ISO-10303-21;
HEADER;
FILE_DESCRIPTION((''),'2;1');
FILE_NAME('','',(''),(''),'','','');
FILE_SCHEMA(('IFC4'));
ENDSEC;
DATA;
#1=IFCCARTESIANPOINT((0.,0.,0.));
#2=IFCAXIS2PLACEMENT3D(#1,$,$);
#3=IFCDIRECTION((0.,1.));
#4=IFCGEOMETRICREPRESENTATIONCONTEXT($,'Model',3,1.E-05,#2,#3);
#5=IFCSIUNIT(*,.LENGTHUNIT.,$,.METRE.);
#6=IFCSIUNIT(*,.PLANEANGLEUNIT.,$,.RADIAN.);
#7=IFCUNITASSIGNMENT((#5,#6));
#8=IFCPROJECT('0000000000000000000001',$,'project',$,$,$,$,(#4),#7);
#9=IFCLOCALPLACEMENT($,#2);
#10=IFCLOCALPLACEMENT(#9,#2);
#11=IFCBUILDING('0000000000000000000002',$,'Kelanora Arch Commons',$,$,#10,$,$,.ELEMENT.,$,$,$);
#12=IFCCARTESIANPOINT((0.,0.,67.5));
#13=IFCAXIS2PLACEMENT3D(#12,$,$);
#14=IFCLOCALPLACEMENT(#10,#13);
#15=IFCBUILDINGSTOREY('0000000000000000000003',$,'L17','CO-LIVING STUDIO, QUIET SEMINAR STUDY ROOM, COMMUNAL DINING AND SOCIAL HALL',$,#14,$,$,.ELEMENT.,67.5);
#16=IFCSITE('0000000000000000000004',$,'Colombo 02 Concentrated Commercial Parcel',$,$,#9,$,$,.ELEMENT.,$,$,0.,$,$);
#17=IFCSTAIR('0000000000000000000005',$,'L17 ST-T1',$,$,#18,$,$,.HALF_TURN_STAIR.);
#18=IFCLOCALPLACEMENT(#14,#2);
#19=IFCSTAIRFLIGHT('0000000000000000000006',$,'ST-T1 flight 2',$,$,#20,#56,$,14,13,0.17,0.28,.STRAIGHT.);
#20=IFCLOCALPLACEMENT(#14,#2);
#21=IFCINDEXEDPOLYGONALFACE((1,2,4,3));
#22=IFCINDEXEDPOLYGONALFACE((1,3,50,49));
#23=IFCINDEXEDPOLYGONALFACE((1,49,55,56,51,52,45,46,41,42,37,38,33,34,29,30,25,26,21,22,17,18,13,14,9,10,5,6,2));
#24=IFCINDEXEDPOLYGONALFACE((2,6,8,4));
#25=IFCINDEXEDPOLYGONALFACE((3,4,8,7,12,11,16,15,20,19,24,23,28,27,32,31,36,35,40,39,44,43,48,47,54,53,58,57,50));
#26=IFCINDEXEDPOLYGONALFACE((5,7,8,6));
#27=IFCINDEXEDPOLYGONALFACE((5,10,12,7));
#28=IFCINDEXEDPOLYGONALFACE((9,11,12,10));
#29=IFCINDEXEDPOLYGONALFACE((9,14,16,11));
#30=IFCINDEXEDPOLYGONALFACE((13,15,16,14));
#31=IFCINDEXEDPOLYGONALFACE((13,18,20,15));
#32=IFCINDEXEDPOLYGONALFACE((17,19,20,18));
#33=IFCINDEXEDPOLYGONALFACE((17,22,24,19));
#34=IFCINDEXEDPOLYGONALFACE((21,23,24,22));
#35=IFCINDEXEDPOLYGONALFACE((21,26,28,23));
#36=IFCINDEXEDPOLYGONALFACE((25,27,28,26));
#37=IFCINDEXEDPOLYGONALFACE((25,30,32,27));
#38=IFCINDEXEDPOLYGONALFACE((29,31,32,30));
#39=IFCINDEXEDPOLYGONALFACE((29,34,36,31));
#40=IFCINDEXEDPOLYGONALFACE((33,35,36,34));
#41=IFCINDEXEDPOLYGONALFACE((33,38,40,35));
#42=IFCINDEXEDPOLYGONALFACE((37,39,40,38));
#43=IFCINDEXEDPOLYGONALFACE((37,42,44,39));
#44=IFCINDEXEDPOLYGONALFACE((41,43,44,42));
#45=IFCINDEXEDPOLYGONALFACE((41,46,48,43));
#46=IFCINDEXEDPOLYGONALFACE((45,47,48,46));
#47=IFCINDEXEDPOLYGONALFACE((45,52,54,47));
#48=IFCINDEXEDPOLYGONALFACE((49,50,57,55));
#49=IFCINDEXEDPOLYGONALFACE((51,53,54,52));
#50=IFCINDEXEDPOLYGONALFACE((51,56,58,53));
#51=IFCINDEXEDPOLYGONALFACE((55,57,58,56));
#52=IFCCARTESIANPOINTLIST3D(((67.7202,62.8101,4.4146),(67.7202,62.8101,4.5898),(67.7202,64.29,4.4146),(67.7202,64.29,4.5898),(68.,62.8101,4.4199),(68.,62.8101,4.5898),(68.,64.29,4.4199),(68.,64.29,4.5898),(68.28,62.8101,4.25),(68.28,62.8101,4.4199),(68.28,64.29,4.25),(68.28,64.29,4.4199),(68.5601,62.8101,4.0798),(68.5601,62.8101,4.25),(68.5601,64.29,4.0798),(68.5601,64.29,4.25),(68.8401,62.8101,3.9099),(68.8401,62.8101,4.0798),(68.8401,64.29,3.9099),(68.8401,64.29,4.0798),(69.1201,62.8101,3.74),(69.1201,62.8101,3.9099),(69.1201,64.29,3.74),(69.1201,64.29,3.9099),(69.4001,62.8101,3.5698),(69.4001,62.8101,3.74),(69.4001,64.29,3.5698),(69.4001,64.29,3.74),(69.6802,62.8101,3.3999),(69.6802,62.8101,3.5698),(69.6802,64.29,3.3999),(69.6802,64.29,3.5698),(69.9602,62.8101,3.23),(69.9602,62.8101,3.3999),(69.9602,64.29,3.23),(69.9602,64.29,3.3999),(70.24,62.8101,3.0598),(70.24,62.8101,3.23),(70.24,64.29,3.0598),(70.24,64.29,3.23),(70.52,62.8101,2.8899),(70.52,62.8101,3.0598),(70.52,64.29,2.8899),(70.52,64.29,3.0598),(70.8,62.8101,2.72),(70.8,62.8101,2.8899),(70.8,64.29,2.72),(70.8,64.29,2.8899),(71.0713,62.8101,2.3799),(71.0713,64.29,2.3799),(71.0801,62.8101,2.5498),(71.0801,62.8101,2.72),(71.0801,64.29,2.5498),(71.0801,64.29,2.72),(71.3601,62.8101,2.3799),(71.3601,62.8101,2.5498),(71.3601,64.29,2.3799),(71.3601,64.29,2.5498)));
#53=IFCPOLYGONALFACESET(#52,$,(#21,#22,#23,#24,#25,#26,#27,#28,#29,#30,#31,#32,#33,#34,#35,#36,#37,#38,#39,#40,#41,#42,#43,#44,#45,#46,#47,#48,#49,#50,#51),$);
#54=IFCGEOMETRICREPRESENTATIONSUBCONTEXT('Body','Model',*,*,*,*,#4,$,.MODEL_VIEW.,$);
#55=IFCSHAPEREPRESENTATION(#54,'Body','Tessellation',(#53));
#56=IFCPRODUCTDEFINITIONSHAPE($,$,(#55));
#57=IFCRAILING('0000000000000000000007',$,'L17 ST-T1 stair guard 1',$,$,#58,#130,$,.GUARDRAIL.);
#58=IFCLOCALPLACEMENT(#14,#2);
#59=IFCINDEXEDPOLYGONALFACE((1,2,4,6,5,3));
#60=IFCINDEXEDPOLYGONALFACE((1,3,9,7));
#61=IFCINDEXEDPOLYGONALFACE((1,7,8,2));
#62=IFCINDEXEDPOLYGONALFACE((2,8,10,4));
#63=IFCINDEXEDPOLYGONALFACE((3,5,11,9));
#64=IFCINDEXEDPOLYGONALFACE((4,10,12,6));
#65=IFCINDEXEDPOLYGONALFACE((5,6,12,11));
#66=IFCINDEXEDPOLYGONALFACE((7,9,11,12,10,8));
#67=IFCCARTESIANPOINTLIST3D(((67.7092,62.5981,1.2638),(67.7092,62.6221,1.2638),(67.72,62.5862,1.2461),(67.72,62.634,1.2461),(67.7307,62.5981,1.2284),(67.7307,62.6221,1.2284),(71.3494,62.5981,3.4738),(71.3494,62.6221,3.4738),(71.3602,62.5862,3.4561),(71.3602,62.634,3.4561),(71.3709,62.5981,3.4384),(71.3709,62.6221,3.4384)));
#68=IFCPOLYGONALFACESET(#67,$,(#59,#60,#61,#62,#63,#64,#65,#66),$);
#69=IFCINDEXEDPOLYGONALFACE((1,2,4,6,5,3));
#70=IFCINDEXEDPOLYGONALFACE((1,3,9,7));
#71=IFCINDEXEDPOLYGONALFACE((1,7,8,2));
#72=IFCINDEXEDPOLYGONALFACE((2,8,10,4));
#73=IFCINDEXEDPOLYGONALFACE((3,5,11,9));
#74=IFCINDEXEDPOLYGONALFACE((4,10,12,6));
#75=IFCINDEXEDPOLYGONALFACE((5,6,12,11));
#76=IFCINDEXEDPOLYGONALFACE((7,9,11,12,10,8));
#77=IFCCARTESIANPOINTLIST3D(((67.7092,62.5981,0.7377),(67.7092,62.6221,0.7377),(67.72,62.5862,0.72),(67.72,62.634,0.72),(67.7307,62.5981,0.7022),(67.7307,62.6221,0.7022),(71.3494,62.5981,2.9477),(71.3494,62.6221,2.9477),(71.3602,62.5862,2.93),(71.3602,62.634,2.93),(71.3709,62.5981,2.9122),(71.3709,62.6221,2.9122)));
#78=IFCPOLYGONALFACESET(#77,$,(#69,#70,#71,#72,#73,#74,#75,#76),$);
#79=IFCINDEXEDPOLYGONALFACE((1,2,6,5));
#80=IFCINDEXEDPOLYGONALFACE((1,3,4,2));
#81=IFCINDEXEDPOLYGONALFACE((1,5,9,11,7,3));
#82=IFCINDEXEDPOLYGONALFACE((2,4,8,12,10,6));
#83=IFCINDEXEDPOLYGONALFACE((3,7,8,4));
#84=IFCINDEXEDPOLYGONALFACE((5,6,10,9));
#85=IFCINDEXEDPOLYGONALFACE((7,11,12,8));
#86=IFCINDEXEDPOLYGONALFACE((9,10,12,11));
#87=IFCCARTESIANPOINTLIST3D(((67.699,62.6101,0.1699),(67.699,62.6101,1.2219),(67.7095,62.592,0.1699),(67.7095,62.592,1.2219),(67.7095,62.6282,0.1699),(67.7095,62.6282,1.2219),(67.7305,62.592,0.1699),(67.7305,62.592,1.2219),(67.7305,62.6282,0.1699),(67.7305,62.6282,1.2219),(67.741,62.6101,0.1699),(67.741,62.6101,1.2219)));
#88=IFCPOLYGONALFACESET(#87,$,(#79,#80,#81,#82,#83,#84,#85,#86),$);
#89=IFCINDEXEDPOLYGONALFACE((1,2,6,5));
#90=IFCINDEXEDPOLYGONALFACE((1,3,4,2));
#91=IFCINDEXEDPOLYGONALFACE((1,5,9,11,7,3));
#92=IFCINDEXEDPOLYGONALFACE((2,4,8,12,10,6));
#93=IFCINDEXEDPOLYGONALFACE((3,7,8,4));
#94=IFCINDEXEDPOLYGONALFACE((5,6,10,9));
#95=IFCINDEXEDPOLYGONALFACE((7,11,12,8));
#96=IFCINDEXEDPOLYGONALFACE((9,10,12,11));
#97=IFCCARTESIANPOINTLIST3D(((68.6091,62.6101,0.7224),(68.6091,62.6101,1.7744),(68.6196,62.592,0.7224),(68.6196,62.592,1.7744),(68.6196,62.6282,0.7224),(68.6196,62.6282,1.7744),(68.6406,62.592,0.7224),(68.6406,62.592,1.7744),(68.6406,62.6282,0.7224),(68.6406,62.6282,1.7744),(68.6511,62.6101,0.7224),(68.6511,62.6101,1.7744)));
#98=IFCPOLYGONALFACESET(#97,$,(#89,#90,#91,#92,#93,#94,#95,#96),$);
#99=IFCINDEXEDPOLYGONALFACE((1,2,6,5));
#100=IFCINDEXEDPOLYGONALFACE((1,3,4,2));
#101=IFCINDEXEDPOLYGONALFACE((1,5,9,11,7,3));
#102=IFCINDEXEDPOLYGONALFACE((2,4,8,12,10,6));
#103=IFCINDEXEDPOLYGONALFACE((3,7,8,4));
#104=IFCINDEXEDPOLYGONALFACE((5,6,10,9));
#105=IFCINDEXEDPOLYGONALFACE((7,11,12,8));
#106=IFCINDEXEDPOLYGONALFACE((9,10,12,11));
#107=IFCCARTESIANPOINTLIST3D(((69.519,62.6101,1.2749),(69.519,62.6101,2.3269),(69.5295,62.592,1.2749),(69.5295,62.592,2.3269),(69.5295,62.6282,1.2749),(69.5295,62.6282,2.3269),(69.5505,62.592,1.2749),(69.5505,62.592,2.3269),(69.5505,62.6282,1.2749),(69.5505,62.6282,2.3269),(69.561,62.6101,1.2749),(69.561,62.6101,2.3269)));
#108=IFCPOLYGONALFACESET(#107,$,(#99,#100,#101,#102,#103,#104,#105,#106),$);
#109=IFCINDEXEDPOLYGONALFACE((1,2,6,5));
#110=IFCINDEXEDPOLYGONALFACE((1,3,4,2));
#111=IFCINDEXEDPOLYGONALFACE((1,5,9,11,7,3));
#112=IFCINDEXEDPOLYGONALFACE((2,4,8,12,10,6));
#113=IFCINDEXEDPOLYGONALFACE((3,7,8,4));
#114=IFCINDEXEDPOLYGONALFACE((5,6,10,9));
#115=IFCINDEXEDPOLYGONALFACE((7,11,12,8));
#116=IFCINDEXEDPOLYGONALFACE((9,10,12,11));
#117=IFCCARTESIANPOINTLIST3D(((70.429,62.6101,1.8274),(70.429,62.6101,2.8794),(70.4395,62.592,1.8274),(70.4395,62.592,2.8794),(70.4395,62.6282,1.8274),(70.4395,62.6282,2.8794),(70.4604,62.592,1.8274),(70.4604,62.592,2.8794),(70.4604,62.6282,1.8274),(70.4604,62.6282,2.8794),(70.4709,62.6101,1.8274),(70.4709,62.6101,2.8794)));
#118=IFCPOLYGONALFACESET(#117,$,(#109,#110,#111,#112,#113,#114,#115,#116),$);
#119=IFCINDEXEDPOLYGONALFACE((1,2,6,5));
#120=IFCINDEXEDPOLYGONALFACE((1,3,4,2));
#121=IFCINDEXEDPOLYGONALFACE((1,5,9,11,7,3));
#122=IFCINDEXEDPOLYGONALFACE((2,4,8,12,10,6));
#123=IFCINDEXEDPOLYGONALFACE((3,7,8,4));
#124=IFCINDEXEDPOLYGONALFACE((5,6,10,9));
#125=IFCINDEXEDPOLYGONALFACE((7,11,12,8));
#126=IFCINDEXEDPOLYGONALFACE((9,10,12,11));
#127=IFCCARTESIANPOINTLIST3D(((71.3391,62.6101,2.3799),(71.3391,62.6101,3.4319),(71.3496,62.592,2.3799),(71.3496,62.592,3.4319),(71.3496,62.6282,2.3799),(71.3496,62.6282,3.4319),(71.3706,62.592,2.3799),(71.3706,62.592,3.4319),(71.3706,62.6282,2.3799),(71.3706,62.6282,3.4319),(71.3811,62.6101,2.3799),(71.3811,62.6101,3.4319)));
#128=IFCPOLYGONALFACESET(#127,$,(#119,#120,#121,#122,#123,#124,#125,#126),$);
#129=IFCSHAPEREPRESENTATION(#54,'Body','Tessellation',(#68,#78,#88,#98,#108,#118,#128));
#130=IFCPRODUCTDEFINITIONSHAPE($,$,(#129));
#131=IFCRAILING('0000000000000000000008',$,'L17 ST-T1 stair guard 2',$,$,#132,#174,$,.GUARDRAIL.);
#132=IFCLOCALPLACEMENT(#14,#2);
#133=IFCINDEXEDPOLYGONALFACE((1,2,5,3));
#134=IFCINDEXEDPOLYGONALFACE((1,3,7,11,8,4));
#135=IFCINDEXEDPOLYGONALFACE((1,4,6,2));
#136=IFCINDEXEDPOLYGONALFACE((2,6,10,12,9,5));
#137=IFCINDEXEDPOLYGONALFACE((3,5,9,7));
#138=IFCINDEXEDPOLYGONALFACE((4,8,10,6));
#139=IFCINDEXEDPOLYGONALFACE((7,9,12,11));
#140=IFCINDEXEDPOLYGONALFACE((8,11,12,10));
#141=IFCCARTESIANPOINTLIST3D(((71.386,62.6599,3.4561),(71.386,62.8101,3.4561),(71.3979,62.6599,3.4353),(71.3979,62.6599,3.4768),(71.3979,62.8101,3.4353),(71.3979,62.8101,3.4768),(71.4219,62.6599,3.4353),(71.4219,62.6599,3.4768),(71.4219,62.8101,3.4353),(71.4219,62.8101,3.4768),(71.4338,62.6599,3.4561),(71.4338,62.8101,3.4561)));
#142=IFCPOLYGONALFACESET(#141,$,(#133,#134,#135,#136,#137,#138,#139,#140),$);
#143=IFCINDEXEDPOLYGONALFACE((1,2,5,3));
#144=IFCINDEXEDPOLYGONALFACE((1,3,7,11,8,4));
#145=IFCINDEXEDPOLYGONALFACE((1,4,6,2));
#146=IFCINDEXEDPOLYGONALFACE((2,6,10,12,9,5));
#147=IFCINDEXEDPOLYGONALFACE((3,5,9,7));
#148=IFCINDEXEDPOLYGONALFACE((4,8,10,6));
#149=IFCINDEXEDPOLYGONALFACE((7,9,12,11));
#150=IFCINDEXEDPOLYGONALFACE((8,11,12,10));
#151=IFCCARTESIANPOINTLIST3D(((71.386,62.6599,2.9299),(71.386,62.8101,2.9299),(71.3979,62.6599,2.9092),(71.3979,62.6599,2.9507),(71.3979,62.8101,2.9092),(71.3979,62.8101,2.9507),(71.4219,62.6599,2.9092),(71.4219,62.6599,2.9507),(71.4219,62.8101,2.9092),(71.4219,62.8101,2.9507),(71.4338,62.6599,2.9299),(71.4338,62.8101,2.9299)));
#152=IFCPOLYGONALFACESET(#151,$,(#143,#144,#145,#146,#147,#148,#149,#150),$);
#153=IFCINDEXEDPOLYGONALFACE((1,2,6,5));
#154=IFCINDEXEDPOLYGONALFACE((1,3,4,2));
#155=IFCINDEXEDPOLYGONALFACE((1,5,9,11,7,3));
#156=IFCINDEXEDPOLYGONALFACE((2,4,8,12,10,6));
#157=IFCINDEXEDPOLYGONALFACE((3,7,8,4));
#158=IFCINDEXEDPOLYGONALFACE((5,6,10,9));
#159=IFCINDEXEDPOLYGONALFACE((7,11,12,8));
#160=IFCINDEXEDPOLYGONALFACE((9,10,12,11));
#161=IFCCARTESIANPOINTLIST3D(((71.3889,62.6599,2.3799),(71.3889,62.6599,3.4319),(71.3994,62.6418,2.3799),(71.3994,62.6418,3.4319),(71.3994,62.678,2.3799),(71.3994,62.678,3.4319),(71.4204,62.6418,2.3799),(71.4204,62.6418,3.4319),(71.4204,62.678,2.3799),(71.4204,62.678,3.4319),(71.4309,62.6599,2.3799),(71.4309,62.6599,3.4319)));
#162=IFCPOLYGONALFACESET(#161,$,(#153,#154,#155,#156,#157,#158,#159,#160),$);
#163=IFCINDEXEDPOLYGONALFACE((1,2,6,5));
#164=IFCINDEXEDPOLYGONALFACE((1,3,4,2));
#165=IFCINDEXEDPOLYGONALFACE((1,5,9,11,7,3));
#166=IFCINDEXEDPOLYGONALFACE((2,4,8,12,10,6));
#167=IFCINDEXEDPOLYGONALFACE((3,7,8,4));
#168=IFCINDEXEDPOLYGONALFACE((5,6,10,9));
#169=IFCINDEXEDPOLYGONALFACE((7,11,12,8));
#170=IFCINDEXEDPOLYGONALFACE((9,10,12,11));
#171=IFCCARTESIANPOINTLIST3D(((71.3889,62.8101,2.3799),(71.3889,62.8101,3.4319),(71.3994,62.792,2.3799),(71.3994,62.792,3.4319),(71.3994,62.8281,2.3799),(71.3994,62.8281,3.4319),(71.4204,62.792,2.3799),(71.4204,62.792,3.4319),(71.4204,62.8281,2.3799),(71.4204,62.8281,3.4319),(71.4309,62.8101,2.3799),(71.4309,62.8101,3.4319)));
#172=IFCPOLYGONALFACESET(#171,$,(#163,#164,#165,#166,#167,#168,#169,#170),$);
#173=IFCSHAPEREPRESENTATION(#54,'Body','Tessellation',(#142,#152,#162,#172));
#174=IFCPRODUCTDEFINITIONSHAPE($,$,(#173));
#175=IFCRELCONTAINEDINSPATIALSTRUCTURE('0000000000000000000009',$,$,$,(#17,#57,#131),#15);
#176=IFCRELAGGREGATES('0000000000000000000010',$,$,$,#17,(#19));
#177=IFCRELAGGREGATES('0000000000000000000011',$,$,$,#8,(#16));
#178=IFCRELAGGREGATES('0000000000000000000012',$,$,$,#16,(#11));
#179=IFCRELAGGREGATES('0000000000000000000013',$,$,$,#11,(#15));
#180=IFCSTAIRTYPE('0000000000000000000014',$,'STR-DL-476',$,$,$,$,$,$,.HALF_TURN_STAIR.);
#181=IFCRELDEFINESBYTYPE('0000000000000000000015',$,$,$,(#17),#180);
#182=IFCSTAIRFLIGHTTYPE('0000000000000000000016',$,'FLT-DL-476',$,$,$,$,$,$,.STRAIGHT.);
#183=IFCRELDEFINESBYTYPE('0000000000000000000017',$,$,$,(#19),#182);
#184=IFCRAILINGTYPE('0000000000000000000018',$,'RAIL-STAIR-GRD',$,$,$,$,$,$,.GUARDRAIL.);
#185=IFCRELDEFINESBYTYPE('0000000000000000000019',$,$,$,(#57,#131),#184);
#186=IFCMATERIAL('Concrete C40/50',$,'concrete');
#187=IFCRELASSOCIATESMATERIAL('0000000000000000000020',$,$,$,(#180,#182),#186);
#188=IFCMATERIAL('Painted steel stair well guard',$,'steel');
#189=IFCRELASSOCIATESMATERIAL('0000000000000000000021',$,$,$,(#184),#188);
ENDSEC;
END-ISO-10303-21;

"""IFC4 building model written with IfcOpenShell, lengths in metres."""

from ifc_helpers import new_model, si_unit, direction, frame, origin, place, context, subcontext, project, spatial, polyline, outline, extrude, material, type_object, element, aggregate, save


model = new_model("IFC4")

# Units and contexts
model_context = context("Model", 3, precision=1e-05, world=origin(), true_north=direction((0.0, 1.0)))
body_context = subcontext(model_context, "Body", "Model", "MODEL_VIEW")
ifc_project = project(units=[si_unit("LENGTHUNIT", "METRE"), si_unit("PLANEANGLEUNIT", "RADIAN")], contexts=[model_context])

# Site, building, storey
site_placement = place(None, origin())
site = spatial("IfcSite", under=ifc_project, at=site_placement, Name="Colombo 02 Concentrated Commercial Parcel", CompositionType="ELEMENT", RefElevation=0.0)
building_placement = place(site_placement, origin())
building = spatial("IfcBuilding", under=site, at=building_placement, Name="Kelanora Arch Commons", CompositionType="ELEMENT")
storey_placement = place(building_placement, frame((0.0, 0.0, 67.5)))
storey = spatial("IfcBuildingStorey", under=building, at=storey_placement, Name="L17", Description="CO-LIVING STUDIO, QUIET SEMINAR STUDY ROOM, COMMUNAL DINING AND SOCIAL HALL", CompositionType="ELEMENT", Elevation=67.5)

# Shared definitions
ifc_material_1 = material(Name="Concrete C40/50", Category="concrete")

# Stair, stair flight
stair_type = type_object("IfcStairType", Name="STR-DL-476", PredefinedType="HALF_TURN_STAIR", material=ifc_material_1)
stair_placement = place(storey_placement, origin())
stair = element("IfcStair", 1, at=stair_placement, inside=storey, type_object=stair_type, Name="L17 ST-T1", PredefinedType="HALF_TURN_STAIR")
stair_flight_type = type_object("IfcStairFlightType", Name="FLT-DL-476", PredefinedType="STRAIGHT", material=ifc_material_1)
stair_flight_1_placement = place(storey_placement, frame((71.3601, 63.55, 2.3799), z_axis=(0.0, 0.0, 1.0), x_axis=(-1.0, 0.0, 0.0)))
stair_flight_1 = element("IfcStairFlight", 2, at=stair_flight_1_placement, type_object=stair_flight_type, Name="ST-T1 flight 2", NumberOfRisers=14, NumberOfTreads=13, PredefinedType="STRAIGHT", RiserHeight=0.17, TreadLength=0.28, context=body_context, shape_type="SweptSolid", body=[
    extrude(outline(polyline([(0.0, 0.0), (0.0, 0.1699), (0.28, 0.1699), (0.28, 0.3401), (0.5601, 0.3401), (0.5601, 0.51), (0.8401, 0.51), (0.8401, 0.6799), (1.1201, 0.6799), (1.1201, 0.8501), (1.3999, 0.8501), (1.3999, 1.02), (1.6799, 1.02), (1.6799, 1.1899), (1.96, 1.1899), (1.96, 1.3601), (2.24, 1.3601), (2.24, 1.53), (2.52, 1.53), (2.52, 1.7), (2.8, 1.7), (2.8, 1.8701), (3.0801, 1.8701), (3.0801, 2.04), (3.3601, 2.04), (3.3601, 2.21), (3.6399, 2.21), (3.6399, 2.3799), (3.6399, 2.0347), (0.2888, 0.0), (0.0, 0.0)])), frame((0.0, 0.74, 0.0), z_axis=(0.0, -1.0, 0.0), x_axis=(1.0, 0.0, 0.0)), (0.0, 0.0, 1.0), 1.48),
])
aggregate(stair, [stair_flight_1])

# Railings
ifc_material_2 = material(Name="Painted steel stair well guard", Category="steel")
railing_type_1 = type_object("IfcRailingType", Name="RAIL-STAIR-GRD", PredefinedType="GUARDRAIL", material=ifc_material_2)
railing_1_placement = place(storey_placement, frame((67.72, 62.6101, 0.1699)))
element("IfcRailing", 3, at=railing_1_placement, inside=storey, type_object=railing_type_1, Name="L17 ST-T1 stair guard 1", PredefinedType="GUARDRAIL", context=body_context, shape_type="SweptSolid", body=[
    extrude(outline(polyline([(0.0239, 0.0), (0.012, 0.0208), (-0.012, 0.0208), (-0.0239, 0.0), (-0.012, -0.0208), (0.012, -0.0208), (0.0239, 0.0)])), frame((0.0, 0.0, 1.0762), z_axis=(0.8548, 0.0, 0.518957), x_axis=(0.0, 1.0, 0.0)), (0.0, 0.0, 1.0), 4.2585),
    extrude(outline(polyline([(0.0239, 0.0), (0.012, 0.0208), (-0.012, 0.0208), (-0.0239, 0.0), (-0.012, -0.0208), (0.012, -0.0208), (0.0239, 0.0)])), frame((0.0, 0.0, 0.55), z_axis=(0.8548, 0.0, 0.518957), x_axis=(0.0, 1.0, 0.0)), (0.0, 0.0, 1.0), 4.2585),
    extrude(outline(polyline([(0.021, 0.0), (0.0105, 0.0181), (-0.0105, 0.0181), (-0.021, 0.0), (-0.0105, -0.0181), (0.0105, -0.0181), (0.021, 0.0)])), origin(), (0.0, 0.0, 1.0), 1.052),
    extrude(outline(polyline([(0.021, 0.0), (0.0105, 0.0181), (-0.0105, 0.0181), (-0.021, 0.0), (-0.0105, -0.0181), (0.0105, -0.0181), (0.021, 0.0)])), frame((0.9102, 0.0, 0.5525)), (0.0, 0.0, 1.0), 1.052),
    extrude(outline(polyline([(0.021, 0.0), (0.0105, 0.0181), (-0.0105, 0.0181), (-0.021, 0.0), (-0.0105, -0.0181), (0.0105, -0.0181), (0.021, 0.0)])), frame((1.8201, 0.0, 1.105)), (0.0, 0.0, 1.0), 1.052),
    extrude(outline(polyline([(0.021, 0.0), (0.0105, 0.0181), (-0.0105, 0.0181), (-0.021, 0.0), (-0.0105, -0.0181), (0.0105, -0.0181), (0.021, 0.0)])), frame((2.73, 0.0, 1.6575)), (0.0, 0.0, 1.0), 1.052),
    extrude(outline(polyline([(0.021, 0.0), (0.0105, 0.0181), (-0.0105, 0.0181), (-0.021, 0.0), (-0.0105, -0.0181), (0.0105, -0.0181), (0.021, 0.0)])), frame((3.6401, 0.0, 2.21)), (0.0, 0.0, 1.0), 1.052),
])
railing_2_placement = place(storey_placement, frame((71.4099, 62.6599, 2.3799)))
element("IfcRailing", 4, at=railing_2_placement, inside=storey, type_object=railing_type_1, Name="L17 ST-T1 stair guard 2", PredefinedType="GUARDRAIL", context=body_context, shape_type="SweptSolid", body=[
    extrude(outline(polyline([(0.0239, 0.0), (0.012, 0.0208), (-0.012, 0.0208), (-0.0239, 0.0), (-0.012, -0.0208), (0.012, -0.0208), (0.0239, 0.0)])), frame((0.0, 0.0, 1.0762), z_axis=(0.0, 1.0, 0.0), x_axis=(-1.0, 0.0, 0.0)), (0.0, 0.0, 1.0), 0.1501),
    extrude(outline(polyline([(0.0239, 0.0), (0.012, 0.0208), (-0.012, 0.0208), (-0.0239, 0.0), (-0.012, -0.0208), (0.012, -0.0208), (0.0239, 0.0)])), frame((0.0, 0.0, 0.55), z_axis=(0.0, 1.0, 0.0), x_axis=(-1.0, 0.0, 0.0)), (0.0, 0.0, 1.0), 0.1501),
    extrude(outline(polyline([(0.021, 0.0), (0.0105, 0.0181), (-0.0105, 0.0181), (-0.021, 0.0), (-0.0105, -0.0181), (0.0105, -0.0181), (0.021, 0.0)])), origin(), (0.0, 0.0, 1.0), 1.052),
    extrude(outline(polyline([(0.021, 0.0), (0.0105, 0.0181), (-0.0105, 0.0181), (-0.021, 0.0), (-0.0105, -0.0181), (0.0105, -0.0181), (0.021, 0.0)])), frame((0.0, 0.1501, 0.0)), (0.0, 0.0, 1.0), 1.052),
])

save(model, "model.ifc")
